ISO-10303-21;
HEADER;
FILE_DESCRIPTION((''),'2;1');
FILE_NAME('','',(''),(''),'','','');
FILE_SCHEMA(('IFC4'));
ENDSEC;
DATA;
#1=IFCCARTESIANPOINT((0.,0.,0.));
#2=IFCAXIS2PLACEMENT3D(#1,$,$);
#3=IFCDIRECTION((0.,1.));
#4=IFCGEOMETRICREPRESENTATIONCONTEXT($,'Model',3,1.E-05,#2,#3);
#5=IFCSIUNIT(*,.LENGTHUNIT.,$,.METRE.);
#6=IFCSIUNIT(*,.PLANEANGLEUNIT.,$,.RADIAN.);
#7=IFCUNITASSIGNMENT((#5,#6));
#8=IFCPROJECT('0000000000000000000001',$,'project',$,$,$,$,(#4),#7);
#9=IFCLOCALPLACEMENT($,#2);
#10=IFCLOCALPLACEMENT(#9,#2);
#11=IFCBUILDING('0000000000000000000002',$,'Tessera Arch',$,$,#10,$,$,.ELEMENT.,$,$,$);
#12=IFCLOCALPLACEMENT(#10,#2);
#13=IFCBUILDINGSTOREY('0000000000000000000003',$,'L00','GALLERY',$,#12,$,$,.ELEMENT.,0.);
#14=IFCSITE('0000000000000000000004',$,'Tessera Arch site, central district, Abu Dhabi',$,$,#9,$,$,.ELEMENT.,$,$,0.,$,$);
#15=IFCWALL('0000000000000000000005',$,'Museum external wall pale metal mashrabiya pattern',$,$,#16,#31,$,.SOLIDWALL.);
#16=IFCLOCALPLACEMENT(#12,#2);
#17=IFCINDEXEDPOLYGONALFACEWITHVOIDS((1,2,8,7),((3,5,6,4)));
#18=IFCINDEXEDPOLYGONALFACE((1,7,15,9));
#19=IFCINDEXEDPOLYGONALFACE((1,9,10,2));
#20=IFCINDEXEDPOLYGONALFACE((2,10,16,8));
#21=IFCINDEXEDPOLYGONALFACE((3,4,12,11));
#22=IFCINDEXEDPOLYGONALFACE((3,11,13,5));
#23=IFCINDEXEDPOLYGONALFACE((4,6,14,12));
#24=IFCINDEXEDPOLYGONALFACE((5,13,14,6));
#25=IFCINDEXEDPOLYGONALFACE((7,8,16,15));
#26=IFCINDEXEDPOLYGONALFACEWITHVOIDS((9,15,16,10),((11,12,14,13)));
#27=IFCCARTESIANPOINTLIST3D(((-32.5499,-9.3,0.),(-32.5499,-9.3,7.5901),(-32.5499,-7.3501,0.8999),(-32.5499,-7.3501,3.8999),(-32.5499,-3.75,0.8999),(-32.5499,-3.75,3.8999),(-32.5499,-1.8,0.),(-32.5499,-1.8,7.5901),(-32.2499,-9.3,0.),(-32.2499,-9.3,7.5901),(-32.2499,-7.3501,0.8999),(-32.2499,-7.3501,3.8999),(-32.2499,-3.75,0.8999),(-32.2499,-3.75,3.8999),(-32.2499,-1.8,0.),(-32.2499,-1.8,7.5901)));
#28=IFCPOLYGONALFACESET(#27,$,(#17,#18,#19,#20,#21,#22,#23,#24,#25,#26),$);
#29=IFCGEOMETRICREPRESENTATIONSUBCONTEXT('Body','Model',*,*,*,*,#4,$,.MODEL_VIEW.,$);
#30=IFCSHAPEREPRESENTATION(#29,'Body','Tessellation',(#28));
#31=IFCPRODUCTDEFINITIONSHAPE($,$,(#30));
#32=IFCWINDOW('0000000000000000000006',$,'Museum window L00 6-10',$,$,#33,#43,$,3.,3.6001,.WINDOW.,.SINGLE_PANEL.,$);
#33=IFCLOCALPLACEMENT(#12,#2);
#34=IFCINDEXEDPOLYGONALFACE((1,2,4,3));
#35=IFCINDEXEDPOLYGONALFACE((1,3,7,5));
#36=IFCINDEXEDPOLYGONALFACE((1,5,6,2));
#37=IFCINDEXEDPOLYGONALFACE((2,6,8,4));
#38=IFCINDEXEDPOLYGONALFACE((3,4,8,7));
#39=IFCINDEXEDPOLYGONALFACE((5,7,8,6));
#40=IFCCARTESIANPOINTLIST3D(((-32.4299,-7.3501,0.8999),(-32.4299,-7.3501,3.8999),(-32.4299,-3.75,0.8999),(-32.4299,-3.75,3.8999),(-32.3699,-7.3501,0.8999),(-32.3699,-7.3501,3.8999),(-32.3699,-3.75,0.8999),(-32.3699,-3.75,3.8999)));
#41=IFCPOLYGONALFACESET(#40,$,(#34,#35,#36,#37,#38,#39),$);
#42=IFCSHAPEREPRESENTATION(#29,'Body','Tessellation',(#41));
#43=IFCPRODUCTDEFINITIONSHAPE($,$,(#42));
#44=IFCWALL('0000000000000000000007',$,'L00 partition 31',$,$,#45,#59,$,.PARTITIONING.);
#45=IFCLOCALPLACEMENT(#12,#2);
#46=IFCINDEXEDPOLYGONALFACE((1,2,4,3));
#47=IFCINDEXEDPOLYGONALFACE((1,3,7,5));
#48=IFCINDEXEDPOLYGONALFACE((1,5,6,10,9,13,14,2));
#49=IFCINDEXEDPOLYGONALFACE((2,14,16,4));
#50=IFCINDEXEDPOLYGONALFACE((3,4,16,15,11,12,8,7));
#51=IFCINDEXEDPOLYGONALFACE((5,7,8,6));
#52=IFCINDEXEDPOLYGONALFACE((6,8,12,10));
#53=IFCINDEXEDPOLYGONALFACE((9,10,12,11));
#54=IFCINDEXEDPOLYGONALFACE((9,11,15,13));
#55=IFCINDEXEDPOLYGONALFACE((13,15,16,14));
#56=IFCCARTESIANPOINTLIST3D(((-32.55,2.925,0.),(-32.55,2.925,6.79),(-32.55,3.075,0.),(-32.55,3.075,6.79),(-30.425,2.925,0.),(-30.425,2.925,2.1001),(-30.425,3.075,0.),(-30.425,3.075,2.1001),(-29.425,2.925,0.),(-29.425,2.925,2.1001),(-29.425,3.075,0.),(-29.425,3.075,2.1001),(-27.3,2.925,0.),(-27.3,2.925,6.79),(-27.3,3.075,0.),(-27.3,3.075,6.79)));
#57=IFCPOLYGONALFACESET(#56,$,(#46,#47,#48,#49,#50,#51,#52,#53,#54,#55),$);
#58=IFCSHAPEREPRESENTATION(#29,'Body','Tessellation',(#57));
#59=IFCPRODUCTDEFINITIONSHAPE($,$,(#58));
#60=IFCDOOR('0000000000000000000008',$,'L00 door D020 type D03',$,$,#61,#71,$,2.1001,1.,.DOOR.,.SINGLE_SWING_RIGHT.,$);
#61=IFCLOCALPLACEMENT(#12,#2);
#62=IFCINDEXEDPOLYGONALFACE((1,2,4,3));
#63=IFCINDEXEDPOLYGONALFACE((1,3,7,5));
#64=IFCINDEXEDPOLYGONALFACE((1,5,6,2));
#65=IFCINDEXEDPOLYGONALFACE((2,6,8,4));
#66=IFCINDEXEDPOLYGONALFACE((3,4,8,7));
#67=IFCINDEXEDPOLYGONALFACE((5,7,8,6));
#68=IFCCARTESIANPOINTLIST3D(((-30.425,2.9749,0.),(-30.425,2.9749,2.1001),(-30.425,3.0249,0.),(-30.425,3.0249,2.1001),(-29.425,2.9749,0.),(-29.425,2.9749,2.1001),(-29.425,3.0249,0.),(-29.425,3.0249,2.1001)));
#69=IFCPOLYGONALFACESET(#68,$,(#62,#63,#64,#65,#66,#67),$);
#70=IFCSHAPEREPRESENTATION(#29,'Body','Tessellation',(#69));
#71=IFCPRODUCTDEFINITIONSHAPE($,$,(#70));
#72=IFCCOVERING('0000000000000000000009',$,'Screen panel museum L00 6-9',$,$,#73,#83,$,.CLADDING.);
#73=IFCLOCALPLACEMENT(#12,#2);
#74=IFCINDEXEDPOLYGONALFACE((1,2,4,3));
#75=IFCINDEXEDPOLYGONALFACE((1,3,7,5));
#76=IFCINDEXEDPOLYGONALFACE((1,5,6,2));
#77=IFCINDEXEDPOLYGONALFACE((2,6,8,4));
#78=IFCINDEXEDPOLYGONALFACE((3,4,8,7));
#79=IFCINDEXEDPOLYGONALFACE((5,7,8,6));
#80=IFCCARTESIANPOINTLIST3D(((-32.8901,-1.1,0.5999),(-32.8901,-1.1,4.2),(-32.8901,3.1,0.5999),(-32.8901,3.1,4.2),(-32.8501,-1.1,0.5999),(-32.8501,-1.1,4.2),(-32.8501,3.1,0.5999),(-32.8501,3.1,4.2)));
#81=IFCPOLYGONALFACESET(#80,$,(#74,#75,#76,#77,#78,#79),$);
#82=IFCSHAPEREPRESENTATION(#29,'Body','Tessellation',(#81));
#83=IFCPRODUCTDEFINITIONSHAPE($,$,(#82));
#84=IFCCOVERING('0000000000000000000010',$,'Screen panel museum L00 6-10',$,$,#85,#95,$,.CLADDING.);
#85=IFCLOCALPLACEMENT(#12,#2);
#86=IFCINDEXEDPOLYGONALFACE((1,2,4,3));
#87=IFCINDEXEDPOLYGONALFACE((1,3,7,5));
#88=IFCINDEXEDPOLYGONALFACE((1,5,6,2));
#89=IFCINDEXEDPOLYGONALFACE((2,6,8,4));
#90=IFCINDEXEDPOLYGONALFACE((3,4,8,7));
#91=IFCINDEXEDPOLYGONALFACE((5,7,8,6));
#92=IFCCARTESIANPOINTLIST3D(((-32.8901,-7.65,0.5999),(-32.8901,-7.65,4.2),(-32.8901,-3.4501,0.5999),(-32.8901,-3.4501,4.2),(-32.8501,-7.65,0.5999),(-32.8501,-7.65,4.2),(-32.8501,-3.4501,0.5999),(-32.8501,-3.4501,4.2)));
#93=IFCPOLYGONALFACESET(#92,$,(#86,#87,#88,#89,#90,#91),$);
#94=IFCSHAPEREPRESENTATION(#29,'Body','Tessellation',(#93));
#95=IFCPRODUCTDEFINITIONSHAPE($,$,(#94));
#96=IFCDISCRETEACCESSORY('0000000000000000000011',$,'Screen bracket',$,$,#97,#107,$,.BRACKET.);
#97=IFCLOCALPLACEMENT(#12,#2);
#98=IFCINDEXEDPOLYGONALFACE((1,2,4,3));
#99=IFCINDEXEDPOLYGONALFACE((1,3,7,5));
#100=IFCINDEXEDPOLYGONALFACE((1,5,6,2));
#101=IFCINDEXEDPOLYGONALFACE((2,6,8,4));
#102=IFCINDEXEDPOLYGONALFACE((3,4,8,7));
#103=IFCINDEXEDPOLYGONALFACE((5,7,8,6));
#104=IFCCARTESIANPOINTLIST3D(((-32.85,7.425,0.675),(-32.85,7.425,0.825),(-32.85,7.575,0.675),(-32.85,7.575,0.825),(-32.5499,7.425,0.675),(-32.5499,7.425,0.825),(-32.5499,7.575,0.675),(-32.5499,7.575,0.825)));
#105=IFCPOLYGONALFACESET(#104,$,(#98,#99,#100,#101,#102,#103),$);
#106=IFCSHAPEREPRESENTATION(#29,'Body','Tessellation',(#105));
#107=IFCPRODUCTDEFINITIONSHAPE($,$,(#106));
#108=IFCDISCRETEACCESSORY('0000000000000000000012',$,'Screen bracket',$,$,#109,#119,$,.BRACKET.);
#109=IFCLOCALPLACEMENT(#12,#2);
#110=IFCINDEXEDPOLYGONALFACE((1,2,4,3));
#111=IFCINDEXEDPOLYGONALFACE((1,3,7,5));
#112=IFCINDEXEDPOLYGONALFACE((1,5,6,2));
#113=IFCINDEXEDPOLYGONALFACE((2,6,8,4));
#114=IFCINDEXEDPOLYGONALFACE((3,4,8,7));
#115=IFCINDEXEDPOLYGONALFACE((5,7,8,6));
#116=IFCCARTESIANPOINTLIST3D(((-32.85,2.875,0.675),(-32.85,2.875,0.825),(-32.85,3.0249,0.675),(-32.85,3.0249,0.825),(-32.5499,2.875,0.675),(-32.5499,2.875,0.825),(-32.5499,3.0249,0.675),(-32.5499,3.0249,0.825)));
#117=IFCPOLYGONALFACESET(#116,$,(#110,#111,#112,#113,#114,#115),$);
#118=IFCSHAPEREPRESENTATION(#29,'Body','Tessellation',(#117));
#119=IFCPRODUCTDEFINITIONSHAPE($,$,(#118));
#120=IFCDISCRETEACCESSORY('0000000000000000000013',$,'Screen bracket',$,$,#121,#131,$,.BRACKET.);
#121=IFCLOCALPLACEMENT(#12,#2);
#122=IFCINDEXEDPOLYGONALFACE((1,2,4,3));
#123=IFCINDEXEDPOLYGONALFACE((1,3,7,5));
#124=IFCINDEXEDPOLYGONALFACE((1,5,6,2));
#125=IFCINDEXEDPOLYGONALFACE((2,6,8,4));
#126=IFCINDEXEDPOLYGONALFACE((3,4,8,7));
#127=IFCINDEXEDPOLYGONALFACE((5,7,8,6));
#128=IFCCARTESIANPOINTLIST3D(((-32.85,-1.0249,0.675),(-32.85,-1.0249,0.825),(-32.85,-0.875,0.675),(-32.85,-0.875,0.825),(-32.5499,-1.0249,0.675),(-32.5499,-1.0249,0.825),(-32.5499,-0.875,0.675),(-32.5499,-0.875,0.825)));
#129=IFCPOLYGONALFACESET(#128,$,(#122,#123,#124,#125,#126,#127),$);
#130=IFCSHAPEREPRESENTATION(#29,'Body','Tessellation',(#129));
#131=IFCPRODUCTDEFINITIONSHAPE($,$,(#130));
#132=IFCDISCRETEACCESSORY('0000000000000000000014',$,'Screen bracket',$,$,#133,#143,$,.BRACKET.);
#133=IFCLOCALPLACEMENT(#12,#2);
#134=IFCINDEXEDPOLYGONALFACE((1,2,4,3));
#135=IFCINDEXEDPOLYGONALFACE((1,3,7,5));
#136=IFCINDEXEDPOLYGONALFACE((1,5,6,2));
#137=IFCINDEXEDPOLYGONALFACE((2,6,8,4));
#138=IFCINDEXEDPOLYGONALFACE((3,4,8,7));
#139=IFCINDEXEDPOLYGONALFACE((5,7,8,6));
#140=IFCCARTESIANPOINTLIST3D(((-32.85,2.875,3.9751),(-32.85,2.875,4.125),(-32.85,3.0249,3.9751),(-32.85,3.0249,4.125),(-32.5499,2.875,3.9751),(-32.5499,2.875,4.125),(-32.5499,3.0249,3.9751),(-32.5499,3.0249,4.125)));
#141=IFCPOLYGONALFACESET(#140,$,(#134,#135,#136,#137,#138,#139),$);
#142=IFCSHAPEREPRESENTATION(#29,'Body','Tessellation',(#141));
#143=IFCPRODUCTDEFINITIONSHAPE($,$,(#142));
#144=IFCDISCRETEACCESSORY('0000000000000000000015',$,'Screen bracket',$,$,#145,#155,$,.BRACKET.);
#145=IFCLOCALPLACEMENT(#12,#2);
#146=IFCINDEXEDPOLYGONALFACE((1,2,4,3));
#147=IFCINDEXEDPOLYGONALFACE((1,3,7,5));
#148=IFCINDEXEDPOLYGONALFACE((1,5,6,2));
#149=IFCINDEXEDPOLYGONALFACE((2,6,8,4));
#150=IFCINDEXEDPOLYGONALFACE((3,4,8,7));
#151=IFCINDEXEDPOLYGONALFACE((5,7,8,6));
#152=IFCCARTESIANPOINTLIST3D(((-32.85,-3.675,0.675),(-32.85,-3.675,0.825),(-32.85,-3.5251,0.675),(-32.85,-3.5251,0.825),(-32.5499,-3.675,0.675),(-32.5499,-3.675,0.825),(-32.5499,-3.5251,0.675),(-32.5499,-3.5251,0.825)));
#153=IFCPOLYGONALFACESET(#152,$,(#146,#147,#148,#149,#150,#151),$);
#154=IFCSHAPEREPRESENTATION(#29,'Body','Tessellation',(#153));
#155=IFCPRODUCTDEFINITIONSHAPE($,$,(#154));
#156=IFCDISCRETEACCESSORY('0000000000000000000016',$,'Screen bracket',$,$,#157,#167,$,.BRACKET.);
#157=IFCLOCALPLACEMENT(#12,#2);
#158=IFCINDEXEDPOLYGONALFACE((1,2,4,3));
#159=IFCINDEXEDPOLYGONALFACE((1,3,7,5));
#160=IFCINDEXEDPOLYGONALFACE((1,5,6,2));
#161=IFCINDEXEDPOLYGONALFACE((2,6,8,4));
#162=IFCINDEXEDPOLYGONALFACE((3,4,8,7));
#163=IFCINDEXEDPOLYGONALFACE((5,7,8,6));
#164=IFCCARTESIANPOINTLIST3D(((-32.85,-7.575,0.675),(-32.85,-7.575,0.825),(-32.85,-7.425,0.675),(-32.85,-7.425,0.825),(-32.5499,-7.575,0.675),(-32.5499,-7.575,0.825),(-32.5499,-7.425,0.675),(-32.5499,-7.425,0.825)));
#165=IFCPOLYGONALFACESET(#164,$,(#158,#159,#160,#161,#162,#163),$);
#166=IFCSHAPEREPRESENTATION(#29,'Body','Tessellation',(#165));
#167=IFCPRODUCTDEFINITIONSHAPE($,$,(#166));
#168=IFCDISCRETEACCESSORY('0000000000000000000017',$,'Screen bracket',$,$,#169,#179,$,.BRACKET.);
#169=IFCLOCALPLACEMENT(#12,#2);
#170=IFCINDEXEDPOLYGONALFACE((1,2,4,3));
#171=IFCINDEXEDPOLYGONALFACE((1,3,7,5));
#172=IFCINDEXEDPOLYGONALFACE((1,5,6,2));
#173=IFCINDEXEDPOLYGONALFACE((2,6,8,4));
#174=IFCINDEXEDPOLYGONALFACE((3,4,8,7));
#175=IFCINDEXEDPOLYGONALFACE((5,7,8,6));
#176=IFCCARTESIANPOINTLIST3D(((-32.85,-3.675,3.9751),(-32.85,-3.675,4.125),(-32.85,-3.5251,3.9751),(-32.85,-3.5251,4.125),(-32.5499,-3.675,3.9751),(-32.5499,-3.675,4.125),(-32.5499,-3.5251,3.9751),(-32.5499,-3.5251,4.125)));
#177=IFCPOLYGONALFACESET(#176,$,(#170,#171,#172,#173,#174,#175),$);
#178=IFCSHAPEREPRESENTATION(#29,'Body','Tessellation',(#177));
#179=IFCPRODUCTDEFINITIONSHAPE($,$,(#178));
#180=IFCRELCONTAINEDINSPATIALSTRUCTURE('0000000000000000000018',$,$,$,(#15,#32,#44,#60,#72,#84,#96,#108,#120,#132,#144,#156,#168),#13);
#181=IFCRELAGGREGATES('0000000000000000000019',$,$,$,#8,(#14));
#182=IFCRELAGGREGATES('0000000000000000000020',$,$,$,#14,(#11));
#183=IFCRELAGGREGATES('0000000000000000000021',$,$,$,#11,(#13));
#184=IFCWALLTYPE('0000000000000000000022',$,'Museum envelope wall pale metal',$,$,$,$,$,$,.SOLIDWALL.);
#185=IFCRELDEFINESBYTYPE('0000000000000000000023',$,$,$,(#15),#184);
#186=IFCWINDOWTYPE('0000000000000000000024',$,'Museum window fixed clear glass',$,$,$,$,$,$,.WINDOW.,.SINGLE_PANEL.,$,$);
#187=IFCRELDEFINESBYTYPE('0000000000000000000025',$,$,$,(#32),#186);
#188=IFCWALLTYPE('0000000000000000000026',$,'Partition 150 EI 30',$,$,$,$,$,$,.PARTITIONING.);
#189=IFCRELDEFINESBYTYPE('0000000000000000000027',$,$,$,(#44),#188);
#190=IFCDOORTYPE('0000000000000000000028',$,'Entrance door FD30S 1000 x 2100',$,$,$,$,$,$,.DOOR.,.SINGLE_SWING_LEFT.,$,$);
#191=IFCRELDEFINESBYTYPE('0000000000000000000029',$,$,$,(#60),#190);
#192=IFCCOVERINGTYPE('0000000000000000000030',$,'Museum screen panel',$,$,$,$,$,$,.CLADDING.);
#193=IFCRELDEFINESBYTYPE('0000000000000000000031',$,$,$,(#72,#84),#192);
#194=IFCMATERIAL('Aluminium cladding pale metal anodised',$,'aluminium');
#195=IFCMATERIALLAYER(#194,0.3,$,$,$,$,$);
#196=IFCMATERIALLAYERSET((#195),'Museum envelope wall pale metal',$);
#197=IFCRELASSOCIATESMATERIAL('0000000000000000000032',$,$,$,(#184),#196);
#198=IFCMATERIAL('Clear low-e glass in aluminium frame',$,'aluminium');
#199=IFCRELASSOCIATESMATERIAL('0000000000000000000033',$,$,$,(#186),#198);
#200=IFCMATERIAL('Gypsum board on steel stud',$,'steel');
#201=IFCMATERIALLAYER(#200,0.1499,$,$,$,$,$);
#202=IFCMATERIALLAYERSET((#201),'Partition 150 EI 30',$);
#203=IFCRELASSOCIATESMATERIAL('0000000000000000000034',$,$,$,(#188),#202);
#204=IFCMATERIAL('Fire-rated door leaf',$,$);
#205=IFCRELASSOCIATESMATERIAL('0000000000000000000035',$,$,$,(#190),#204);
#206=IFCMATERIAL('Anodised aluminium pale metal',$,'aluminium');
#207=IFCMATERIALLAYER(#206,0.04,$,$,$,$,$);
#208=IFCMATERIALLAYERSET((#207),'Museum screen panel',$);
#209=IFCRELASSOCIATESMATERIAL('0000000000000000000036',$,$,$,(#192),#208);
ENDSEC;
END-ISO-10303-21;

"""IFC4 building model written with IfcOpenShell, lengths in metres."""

from ifc_helpers import new_model, si_unit, direction, frame, frame_2d, origin, origin_2d, place, context, subcontext, project, spatial, rectangle, extrude, material, layer, layer_set, type_object, element, fill, save


model = new_model("IFC4")

# Units and contexts
model_context = context("Model", 3, precision=1e-05, world=origin(), true_north=direction((0.0, 1.0)))
body_context = subcontext(model_context, "Body", "Model", "MODEL_VIEW")
ifc_project = project(units=[si_unit("LENGTHUNIT", "METRE"), si_unit("PLANEANGLEUNIT", "RADIAN")], contexts=[model_context])

# Site, building, storey
site_placement = place(None, origin())
site = spatial("IfcSite", under=ifc_project, at=site_placement, Name="Tessera Arch site, central district, Abu Dhabi", CompositionType="ELEMENT", RefElevation=0.0)
building_placement = place(site_placement, origin())
building = spatial("IfcBuilding", under=site, at=building_placement, Name="Tessera Arch", CompositionType="ELEMENT")
storey_placement = place(building_placement, origin())
storey = spatial("IfcBuildingStorey", under=building, at=storey_placement, Name="L00", Description="GALLERY", CompositionType="ELEMENT", Elevation=0.0)

# Wall, opening, window
ifc_material_1 = material(Name="Aluminium cladding pale metal anodised", Category="aluminium")
ifc_layer_1 = layer(ifc_material_1, 0.3)
ifc_layer_set_1 = layer_set([ifc_layer_1], Name="Museum envelope wall pale metal")
wall_type_1 = type_object("IfcWallType", Name="Museum envelope wall pale metal", PredefinedType="SOLIDWALL", material=ifc_layer_set_1)
ifc_material_2 = material(Name="Clear low-e glass in aluminium frame", Category="aluminium")
window_type = type_object("IfcWindowType", Name="Museum window fixed clear glass", PartitioningType="SINGLE_PANEL", PredefinedType="WINDOW", material=ifc_material_2)
wall_1_placement = place(storey_placement, frame((-32.3999, -1.8, 0.0), z_axis=(0.0, 0.0, 1.0), x_axis=(0.0, -1.0, 0.0)))
wall_1 = element("IfcWall", 1, at=wall_1_placement, inside=storey, type_object=wall_type_1, Name="Museum external wall pale metal mashrabiya pattern", PredefinedType="SOLIDWALL", context=body_context, shape_type="SweptSolid", body=[
    extrude(rectangle(XDim=7.5, YDim=0.3, at=frame_2d((3.75, 0.0))), origin(), (0.0, 0.0, 1.0), 7.5901),
])
opening_1_placement = place(wall_1_placement, frame((1.95, 0.0, 0.8999)))
opening_1 = element("IfcOpeningElement", 2, at=opening_1_placement, cuts=wall_1, PredefinedType="OPENING", context=body_context, shape_type="SweptSolid", body=[
    extrude(rectangle(XDim=3.6001, YDim=3.0, at=frame_2d((1.8, 1.5))), frame((0.0, 0.1599, 0.0), z_axis=(0.0, -1.0, 0.0), x_axis=(1.0, 0.0, 0.0)), (0.0, 0.0, 1.0), 0.3201),
])
window_1_placement = place(opening_1_placement, origin())
window_1 = element("IfcWindow", 3, at=window_1_placement, inside=storey, type_object=window_type, Name="Museum window L00 6-10", OverallHeight=3.0, OverallWidth=3.6001, PartitioningType="SINGLE_PANEL", PredefinedType="WINDOW", context=body_context, shape_type="SweptSolid", body=[
    extrude(rectangle(XDim=3.6001, YDim=3.0, at=frame_2d((1.8, 1.5))), frame((0.0, 0.03, 0.0), z_axis=(0.0, -1.0, 0.0), x_axis=(1.0, 0.0, 0.0)), (0.0, 0.0, 1.0), 0.0601),
])
fill(opening_1, window_1)

# Wall, opening, door
ifc_material_3 = material(Name="Gypsum board on steel stud", Category="steel")
ifc_layer_2 = layer(ifc_material_3, 0.1499)
ifc_layer_set_2 = layer_set([ifc_layer_2], Name="Partition 150 EI 30")
wall_type_2 = type_object("IfcWallType", Name="Partition 150 EI 30", PredefinedType="PARTITIONING", material=ifc_layer_set_2)
wall_2_placement = place(storey_placement, frame((-32.55, 3.0, 0.0), z_axis=(0.0, 0.0, 1.0), x_axis=(1.0, 0.0, 0.0)))
wall_2 = element("IfcWall", 4, at=wall_2_placement, inside=storey, type_object=wall_type_2, Name="L00 partition 31", PredefinedType="PARTITIONING", context=body_context, shape_type="SweptSolid", body=[
    extrude(rectangle(XDim=5.25, YDim=0.1499, at=frame_2d((2.625, 0.0))), origin(), (0.0, 0.0, 1.0), 6.79),
])
opening_2_placement = place(wall_2_placement, frame((2.125, 0.0, 0.0)))
opening_2 = element("IfcOpeningElement", 5, at=opening_2_placement, cuts=wall_2, PredefinedType="OPENING", context=body_context, shape_type="SweptSolid", body=[
    extrude(rectangle(XDim=1.0, YDim=2.1001, at=frame_2d((0.5, 1.05))), frame((0.0, 0.085, 0.0), z_axis=(0.0, -1.0, 0.0), x_axis=(1.0, 0.0, 0.0)), (0.0, 0.0, 1.0), 0.1699),
])
ifc_material_4 = material(Name="Fire-rated door leaf")
door_type = type_object("IfcDoorType", Name="Entrance door FD30S 1000 x 2100", OperationType="SINGLE_SWING_LEFT", PredefinedType="DOOR", material=ifc_material_4)
door_placement = place(opening_2_placement, origin())
door = element("IfcDoor", 6, at=door_placement, inside=storey, type_object=door_type, Name="L00 door D020 type D03", OperationType="SINGLE_SWING_RIGHT", OverallHeight=2.1001, OverallWidth=1.0, PredefinedType="DOOR", context=body_context, shape_type="SweptSolid", body=[
    extrude(rectangle(XDim=1.0, YDim=2.1001, at=frame_2d((0.5, 1.05))), frame((0.0, 0.0249, 0.0), z_axis=(0.0, -1.0, 0.0), x_axis=(1.0, 0.0, 0.0)), (0.0, 0.0, 1.0), 0.05),
])
fill(opening_2, door)

# Coverings
ifc_material_5 = material(Name="Anodised aluminium pale metal", Category="aluminium")
ifc_layer_3 = layer(ifc_material_5, 0.04)
ifc_layer_set_3 = layer_set([ifc_layer_3], Name="Museum screen panel")
covering_type = type_object("IfcCoveringType", Name="Museum screen panel", PredefinedType="CLADDING", material=ifc_layer_set_3)
for number, where, z_axis, x_axis, name in (
    (7, (-32.8701, 1.0, 0.5999), (0.0, 0.0, 1.0), (0.0, -1.0, 0.0), "Screen panel museum L00 6-9"),
    (8, (-32.8701, -5.55, 0.5999), (0.0, 0.0, 1.0), (0.0, -1.0, 0.0), "Screen panel museum L00 6-10"),
):
    element("IfcCovering", number, at=place(storey_placement, frame(where, z_axis=z_axis, x_axis=x_axis)), inside=storey, type_object=covering_type, Name=name, PredefinedType="CLADDING", context=body_context, shape_type="SweptSolid", body=[
        extrude(rectangle(XDim=4.2, YDim=0.04, at=origin_2d()), origin(), (0.0, 0.0, 1.0), 3.6001),
    ])

# Discrete accessories
for number, where, z_axis, x_axis, name in (
    (9, (-32.7, 7.5, 0.675), (0.0, 0.0, 1.0), (-1.0, 0.0, 0.0), "Screen bracket"),
    (10, (-32.7, 2.95, 0.675), (0.0, 0.0, 1.0), (-1.0, 0.0, 0.0), "Screen bracket"),
    (11, (-32.7, -0.95, 0.675), (0.0, 0.0, 1.0), (-1.0, 0.0, 0.0), "Screen bracket"),
    (12, (-32.7, 2.95, 3.9751), (0.0, 0.0, 1.0), (-1.0, 0.0, 0.0), "Screen bracket"),
    (13, (-32.7, -3.6001, 0.675), (0.0, 0.0, 1.0), (-1.0, 0.0, 0.0), "Screen bracket"),
    (14, (-32.7, -7.5, 0.675), (0.0, 0.0, 1.0), (-1.0, 0.0, 0.0), "Screen bracket"),
    (15, (-32.7, -3.6001, 3.9751), (0.0, 0.0, 1.0), (-1.0, 0.0, 0.0), "Screen bracket"),
):
    element("IfcDiscreteAccessory", number, at=place(storey_placement, frame(where, z_axis=z_axis, x_axis=x_axis)), inside=storey, Name=name, PredefinedType="BRACKET", context=body_context, shape_type="SweptSolid", body=[
        extrude(rectangle(XDim=0.3, YDim=0.1499, at=origin_2d()), origin(), (0.0, 0.0, 1.0), 0.1499),
    ])

save(model, "model.ifc")
